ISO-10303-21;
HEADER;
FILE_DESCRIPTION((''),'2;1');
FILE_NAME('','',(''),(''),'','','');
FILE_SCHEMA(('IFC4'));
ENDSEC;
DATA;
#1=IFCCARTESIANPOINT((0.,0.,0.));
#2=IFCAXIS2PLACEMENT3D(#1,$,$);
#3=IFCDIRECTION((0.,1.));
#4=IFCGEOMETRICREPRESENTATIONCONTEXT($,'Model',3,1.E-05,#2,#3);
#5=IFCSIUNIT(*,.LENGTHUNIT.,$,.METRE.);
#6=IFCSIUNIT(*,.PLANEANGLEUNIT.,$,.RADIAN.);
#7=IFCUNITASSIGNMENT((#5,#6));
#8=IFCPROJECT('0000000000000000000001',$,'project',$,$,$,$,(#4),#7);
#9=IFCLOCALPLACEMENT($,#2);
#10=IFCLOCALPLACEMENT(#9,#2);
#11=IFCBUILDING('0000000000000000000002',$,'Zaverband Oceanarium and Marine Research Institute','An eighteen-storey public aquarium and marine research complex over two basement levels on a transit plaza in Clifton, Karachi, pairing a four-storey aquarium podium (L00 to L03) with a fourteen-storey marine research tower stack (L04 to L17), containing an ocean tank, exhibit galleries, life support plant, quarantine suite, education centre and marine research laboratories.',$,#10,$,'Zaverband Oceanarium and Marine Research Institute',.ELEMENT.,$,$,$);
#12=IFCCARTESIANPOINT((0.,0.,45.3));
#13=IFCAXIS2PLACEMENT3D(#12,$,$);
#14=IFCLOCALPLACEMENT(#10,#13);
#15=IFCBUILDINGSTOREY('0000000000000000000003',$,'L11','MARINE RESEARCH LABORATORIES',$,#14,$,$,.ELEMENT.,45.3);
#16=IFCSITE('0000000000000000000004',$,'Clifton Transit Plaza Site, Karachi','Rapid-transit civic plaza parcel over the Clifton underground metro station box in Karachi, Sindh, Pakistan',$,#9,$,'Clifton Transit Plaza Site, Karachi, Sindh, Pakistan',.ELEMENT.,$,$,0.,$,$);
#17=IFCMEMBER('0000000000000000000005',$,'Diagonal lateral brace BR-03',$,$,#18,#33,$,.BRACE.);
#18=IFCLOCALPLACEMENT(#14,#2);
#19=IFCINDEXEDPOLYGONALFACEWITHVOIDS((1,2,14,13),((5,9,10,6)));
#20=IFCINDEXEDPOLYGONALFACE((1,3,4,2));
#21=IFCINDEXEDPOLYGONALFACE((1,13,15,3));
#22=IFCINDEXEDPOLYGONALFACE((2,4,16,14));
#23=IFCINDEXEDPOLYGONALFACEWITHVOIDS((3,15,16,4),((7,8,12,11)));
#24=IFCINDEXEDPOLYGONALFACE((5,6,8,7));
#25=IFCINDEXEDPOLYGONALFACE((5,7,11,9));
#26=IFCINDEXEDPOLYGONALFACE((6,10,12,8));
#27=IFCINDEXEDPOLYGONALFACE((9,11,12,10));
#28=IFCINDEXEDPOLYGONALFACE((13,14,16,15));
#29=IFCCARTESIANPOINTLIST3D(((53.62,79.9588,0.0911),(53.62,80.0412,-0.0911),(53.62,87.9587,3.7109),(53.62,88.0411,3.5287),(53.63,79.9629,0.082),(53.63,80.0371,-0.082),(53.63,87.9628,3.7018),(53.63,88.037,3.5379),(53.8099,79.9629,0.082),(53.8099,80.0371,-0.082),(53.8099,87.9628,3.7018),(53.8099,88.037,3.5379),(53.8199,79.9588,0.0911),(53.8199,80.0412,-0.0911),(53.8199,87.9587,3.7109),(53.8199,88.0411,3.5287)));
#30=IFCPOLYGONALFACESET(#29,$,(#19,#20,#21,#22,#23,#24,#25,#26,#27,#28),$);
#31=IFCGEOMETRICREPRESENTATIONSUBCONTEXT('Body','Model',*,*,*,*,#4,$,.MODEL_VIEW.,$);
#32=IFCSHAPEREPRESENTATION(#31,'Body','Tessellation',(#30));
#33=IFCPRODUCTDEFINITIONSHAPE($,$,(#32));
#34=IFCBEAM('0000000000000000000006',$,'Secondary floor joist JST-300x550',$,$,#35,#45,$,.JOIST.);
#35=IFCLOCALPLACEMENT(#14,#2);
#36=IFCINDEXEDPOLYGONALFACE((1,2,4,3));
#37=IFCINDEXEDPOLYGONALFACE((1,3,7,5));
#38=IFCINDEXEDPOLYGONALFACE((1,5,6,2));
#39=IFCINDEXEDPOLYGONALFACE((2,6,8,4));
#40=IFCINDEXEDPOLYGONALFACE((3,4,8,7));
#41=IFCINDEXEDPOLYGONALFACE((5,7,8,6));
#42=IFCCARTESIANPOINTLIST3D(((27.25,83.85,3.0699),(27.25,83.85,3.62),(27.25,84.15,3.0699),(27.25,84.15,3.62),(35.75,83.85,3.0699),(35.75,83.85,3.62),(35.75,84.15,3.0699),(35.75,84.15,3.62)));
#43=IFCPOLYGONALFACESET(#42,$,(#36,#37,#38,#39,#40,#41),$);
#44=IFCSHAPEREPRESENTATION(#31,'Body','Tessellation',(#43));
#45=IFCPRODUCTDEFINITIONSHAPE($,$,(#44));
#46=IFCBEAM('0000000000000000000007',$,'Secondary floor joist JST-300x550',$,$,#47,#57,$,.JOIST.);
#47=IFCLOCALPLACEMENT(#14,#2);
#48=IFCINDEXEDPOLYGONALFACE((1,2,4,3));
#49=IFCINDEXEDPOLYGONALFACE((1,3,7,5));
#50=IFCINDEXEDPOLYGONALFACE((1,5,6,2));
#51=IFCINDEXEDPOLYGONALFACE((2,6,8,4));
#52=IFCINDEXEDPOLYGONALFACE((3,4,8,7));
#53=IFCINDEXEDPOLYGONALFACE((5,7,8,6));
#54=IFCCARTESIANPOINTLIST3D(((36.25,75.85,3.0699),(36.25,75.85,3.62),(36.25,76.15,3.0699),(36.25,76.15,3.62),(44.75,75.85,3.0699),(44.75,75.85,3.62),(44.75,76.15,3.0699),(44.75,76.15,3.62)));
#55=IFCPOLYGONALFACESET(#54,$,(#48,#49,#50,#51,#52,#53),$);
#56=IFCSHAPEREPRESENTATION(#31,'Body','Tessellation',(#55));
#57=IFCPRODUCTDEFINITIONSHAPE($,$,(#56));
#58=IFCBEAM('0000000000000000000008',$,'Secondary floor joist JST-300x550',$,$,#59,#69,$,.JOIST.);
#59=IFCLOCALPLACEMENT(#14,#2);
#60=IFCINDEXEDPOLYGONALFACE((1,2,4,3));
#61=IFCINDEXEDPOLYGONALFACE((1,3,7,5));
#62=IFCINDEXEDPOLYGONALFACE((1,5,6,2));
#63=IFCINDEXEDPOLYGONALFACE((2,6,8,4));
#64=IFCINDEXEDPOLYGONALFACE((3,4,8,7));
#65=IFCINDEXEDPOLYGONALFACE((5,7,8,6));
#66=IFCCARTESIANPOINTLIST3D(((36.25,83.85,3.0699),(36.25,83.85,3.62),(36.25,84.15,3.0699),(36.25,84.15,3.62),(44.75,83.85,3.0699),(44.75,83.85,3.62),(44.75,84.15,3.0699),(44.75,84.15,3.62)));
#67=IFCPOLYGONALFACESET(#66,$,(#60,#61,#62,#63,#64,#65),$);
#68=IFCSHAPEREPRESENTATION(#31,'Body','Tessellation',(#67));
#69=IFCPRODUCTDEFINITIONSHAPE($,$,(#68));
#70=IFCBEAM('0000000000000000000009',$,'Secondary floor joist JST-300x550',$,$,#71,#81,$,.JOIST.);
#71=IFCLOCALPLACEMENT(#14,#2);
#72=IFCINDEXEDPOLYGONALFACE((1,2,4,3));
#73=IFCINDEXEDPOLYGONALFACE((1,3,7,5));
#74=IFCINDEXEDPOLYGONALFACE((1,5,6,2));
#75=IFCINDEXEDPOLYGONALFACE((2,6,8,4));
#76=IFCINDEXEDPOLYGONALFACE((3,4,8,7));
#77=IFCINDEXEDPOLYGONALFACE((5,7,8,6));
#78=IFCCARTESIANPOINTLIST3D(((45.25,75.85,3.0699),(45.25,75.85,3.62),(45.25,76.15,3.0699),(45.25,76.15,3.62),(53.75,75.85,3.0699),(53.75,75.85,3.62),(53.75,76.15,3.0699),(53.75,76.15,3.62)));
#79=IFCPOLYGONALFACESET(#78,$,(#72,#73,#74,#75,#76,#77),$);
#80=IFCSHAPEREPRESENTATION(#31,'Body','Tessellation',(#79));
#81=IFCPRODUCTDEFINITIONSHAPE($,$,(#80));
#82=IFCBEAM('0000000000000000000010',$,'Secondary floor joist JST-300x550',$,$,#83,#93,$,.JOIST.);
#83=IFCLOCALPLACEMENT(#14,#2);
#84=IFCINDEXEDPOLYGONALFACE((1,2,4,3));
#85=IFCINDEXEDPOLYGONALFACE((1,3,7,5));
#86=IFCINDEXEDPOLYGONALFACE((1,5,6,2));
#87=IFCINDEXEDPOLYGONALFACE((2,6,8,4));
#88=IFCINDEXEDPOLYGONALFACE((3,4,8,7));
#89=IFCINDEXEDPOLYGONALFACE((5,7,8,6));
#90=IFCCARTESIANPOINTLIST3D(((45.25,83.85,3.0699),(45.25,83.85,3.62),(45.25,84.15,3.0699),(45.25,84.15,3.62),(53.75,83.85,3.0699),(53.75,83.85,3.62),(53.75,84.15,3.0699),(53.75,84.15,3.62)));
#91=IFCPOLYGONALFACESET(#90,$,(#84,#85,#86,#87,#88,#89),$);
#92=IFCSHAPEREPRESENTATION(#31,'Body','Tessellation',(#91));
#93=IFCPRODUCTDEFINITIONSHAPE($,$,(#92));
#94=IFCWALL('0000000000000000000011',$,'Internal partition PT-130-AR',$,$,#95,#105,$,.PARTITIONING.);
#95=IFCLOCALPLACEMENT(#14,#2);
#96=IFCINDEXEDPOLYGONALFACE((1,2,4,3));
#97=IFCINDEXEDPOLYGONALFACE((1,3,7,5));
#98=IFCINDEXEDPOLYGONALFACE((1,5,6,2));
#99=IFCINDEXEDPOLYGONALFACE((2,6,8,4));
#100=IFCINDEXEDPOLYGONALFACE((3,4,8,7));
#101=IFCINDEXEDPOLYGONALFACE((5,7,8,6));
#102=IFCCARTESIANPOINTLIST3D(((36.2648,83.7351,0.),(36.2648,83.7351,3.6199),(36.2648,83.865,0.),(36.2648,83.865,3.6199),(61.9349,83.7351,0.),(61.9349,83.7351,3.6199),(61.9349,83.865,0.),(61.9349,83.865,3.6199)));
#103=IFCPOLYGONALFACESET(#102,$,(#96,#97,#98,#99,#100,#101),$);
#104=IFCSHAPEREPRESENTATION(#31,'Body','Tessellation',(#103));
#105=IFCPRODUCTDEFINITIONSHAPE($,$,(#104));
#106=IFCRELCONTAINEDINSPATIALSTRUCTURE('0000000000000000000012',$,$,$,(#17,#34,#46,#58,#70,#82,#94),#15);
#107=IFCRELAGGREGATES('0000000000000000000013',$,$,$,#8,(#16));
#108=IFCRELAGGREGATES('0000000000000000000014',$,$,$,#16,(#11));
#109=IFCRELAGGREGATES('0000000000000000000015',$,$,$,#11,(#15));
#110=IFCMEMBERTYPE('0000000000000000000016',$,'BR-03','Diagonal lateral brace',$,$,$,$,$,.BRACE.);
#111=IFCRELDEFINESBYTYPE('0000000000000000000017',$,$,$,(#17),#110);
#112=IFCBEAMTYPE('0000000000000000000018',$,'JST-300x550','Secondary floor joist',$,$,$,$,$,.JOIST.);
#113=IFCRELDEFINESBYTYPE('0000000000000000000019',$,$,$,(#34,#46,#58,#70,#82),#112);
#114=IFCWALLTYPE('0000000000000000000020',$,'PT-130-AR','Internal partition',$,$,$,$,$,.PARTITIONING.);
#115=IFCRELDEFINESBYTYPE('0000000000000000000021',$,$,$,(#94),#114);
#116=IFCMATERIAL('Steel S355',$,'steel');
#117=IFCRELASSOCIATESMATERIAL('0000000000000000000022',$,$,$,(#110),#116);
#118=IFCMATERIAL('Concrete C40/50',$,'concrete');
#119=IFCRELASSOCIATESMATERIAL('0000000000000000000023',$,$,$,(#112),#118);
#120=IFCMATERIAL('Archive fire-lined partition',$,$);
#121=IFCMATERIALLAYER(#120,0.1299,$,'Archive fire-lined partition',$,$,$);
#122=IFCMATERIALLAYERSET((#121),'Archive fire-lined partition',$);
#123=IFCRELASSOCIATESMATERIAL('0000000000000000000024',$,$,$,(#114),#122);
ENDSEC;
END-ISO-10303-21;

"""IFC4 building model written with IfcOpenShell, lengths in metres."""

from ifc_helpers import new_model, si_unit, direction, frame, frame_2d, origin, origin_2d, place, context, subcontext, project, spatial, rectangle, hollow_rectangle, extrude, material, layer, layer_set, material_profile, profile_set, type_object, element, save


model = new_model("IFC4")

# Units and contexts
model_context = context("Model", 3, precision=1e-05, world=origin(), true_north=direction((0.0, 1.0)))
body_context = subcontext(model_context, "Body", "Model", "MODEL_VIEW")
ifc_project = project(units=[si_unit("LENGTHUNIT", "METRE"), si_unit("PLANEANGLEUNIT", "RADIAN")], contexts=[model_context])

# Site, building, storey
site_placement = place(None, origin())
site = spatial("IfcSite", under=ifc_project, at=site_placement, Name="Clifton Transit Plaza Site, Karachi", Description="Rapid-transit civic plaza parcel over the Clifton underground metro station box in Karachi, Sindh, Pakistan", LongName="Clifton Transit Plaza Site, Karachi, Sindh, Pakistan", CompositionType="ELEMENT", RefElevation=0.0)
building_placement = place(site_placement, origin())
building = spatial("IfcBuilding", under=site, at=building_placement, Name="Zaverband Oceanarium and Marine Research Institute", Description="An eighteen-storey public aquarium and marine research complex over two basement levels on a transit plaza in Clifton, Karachi, pairing a four-storey aquarium podium (L00 to L03) with a fourteen-storey marine research tower stack (L04 to L17), containing an ocean tank, exhibit galleries, life support plant, quarantine suite, education centre and marine research laboratories.", LongName="Zaverband Oceanarium and Marine Research Institute", CompositionType="ELEMENT")
storey_placement = place(building_placement, frame((0.0, 0.0, 45.3)))
storey = spatial("IfcBuildingStorey", under=building, at=storey_placement, Name="L11", Description="MARINE RESEARCH LABORATORIES", CompositionType="ELEMENT", Elevation=45.3)

# Shared definitions
ifc_material_1 = material(Name="Concrete C40/50", Category="concrete")

# Member
ifc_material_2 = material(Name="Steel S355", Category="steel")
ifc_material_profile_1 = material_profile(ifc_material_2, hollow_rectangle(XDim=0.2, YDim=0.2, WallThickness=0.01, at=origin_2d()), Name="SHS200x200x10")
ifc_profile_set_1 = profile_set([ifc_material_profile_1], Name="Steel S355")
member_type = type_object("IfcMemberType", Name="BR-03", Description="Diagonal lateral brace", PredefinedType="BRACE", material=ifc_profile_set_1)
member_placement = place(storey_placement, frame((53.72, 80.0, 0.0), z_axis=(0.0, 0.911073, 0.412246), x_axis=(-1.0, 0.0, 0.0)))
element("IfcMember", 1, at=member_placement, inside=storey, type_object=member_type, Name="Diagonal lateral brace BR-03", PredefinedType="BRACE", context=body_context, shape_type="SweptSolid", body=[
    extrude(hollow_rectangle(XDim=0.2, YDim=0.2, WallThickness=0.01, at=origin_2d()), origin(), (0.0, 0.0, 1.0), 8.7808),
])

# Beams
ifc_material_profile_2 = material_profile(ifc_material_1, rectangle(XDim=0.3, YDim=0.55, at=origin_2d()), Name="RC300x550")
ifc_profile_set_2 = profile_set([ifc_material_profile_2], Name="Concrete C40/50")
beam_type_1 = type_object("IfcBeamType", Name="JST-300x550", Description="Secondary floor joist", PredefinedType="JOIST", material=ifc_profile_set_2)
for number, where, z_axis, x_axis, name in (
    (2, (27.25, 84.0, 3.345), (1.0, 0.0, 0.0), (0.0, 1.0, 0.0), "Secondary floor joist JST-300x550"),
    (3, (36.25, 76.0, 3.345), (1.0, 0.0, 0.0), (0.0, 1.0, 0.0), "Secondary floor joist JST-300x550"),
    (4, (36.25, 84.0, 3.345), (1.0, 0.0, 0.0), (0.0, 1.0, 0.0), "Secondary floor joist JST-300x550"),
    (5, (45.25, 76.0, 3.345), (1.0, 0.0, 0.0), (0.0, 1.0, 0.0), "Secondary floor joist JST-300x550"),
    (6, (45.25, 84.0, 3.345), (1.0, 0.0, 0.0), (0.0, 1.0, 0.0), "Secondary floor joist JST-300x550"),
):
    element("IfcBeam", number, at=place(storey_placement, frame(where, z_axis=z_axis, x_axis=x_axis)), inside=storey, type_object=beam_type_1, Name=name, PredefinedType="JOIST", context=body_context, shape_type="SweptSolid", body=[
        extrude(rectangle(XDim=0.3, YDim=0.55, at=origin_2d()), origin(), (0.0, 0.0, 1.0), 8.5),
    ])

# Wall
ifc_material_3 = material(Name="Archive fire-lined partition")
ifc_layer = layer(ifc_material_3, 0.1299, Name="Archive fire-lined partition")
ifc_layer_set = layer_set([ifc_layer], Name="Archive fire-lined partition")
wall_type = type_object("IfcWallType", Name="PT-130-AR", Description="Internal partition", PredefinedType="PARTITIONING", material=ifc_layer_set)
wall_placement = place(storey_placement, frame((36.2649, 83.8, 0.0), z_axis=(0.0, 0.0, 1.0), x_axis=(1.0, 0.0, 0.0)))
element("IfcWall", 7, at=wall_placement, inside=storey, type_object=wall_type, Name="Internal partition PT-130-AR", PredefinedType="PARTITIONING", context=body_context, shape_type="SweptSolid", body=[
    extrude(rectangle(XDim=25.6702, YDim=0.1299, at=frame_2d((12.835, 0.0))), origin(), (0.0, 0.0, 1.0), 3.6199),
])

save(model, "model.ifc")
